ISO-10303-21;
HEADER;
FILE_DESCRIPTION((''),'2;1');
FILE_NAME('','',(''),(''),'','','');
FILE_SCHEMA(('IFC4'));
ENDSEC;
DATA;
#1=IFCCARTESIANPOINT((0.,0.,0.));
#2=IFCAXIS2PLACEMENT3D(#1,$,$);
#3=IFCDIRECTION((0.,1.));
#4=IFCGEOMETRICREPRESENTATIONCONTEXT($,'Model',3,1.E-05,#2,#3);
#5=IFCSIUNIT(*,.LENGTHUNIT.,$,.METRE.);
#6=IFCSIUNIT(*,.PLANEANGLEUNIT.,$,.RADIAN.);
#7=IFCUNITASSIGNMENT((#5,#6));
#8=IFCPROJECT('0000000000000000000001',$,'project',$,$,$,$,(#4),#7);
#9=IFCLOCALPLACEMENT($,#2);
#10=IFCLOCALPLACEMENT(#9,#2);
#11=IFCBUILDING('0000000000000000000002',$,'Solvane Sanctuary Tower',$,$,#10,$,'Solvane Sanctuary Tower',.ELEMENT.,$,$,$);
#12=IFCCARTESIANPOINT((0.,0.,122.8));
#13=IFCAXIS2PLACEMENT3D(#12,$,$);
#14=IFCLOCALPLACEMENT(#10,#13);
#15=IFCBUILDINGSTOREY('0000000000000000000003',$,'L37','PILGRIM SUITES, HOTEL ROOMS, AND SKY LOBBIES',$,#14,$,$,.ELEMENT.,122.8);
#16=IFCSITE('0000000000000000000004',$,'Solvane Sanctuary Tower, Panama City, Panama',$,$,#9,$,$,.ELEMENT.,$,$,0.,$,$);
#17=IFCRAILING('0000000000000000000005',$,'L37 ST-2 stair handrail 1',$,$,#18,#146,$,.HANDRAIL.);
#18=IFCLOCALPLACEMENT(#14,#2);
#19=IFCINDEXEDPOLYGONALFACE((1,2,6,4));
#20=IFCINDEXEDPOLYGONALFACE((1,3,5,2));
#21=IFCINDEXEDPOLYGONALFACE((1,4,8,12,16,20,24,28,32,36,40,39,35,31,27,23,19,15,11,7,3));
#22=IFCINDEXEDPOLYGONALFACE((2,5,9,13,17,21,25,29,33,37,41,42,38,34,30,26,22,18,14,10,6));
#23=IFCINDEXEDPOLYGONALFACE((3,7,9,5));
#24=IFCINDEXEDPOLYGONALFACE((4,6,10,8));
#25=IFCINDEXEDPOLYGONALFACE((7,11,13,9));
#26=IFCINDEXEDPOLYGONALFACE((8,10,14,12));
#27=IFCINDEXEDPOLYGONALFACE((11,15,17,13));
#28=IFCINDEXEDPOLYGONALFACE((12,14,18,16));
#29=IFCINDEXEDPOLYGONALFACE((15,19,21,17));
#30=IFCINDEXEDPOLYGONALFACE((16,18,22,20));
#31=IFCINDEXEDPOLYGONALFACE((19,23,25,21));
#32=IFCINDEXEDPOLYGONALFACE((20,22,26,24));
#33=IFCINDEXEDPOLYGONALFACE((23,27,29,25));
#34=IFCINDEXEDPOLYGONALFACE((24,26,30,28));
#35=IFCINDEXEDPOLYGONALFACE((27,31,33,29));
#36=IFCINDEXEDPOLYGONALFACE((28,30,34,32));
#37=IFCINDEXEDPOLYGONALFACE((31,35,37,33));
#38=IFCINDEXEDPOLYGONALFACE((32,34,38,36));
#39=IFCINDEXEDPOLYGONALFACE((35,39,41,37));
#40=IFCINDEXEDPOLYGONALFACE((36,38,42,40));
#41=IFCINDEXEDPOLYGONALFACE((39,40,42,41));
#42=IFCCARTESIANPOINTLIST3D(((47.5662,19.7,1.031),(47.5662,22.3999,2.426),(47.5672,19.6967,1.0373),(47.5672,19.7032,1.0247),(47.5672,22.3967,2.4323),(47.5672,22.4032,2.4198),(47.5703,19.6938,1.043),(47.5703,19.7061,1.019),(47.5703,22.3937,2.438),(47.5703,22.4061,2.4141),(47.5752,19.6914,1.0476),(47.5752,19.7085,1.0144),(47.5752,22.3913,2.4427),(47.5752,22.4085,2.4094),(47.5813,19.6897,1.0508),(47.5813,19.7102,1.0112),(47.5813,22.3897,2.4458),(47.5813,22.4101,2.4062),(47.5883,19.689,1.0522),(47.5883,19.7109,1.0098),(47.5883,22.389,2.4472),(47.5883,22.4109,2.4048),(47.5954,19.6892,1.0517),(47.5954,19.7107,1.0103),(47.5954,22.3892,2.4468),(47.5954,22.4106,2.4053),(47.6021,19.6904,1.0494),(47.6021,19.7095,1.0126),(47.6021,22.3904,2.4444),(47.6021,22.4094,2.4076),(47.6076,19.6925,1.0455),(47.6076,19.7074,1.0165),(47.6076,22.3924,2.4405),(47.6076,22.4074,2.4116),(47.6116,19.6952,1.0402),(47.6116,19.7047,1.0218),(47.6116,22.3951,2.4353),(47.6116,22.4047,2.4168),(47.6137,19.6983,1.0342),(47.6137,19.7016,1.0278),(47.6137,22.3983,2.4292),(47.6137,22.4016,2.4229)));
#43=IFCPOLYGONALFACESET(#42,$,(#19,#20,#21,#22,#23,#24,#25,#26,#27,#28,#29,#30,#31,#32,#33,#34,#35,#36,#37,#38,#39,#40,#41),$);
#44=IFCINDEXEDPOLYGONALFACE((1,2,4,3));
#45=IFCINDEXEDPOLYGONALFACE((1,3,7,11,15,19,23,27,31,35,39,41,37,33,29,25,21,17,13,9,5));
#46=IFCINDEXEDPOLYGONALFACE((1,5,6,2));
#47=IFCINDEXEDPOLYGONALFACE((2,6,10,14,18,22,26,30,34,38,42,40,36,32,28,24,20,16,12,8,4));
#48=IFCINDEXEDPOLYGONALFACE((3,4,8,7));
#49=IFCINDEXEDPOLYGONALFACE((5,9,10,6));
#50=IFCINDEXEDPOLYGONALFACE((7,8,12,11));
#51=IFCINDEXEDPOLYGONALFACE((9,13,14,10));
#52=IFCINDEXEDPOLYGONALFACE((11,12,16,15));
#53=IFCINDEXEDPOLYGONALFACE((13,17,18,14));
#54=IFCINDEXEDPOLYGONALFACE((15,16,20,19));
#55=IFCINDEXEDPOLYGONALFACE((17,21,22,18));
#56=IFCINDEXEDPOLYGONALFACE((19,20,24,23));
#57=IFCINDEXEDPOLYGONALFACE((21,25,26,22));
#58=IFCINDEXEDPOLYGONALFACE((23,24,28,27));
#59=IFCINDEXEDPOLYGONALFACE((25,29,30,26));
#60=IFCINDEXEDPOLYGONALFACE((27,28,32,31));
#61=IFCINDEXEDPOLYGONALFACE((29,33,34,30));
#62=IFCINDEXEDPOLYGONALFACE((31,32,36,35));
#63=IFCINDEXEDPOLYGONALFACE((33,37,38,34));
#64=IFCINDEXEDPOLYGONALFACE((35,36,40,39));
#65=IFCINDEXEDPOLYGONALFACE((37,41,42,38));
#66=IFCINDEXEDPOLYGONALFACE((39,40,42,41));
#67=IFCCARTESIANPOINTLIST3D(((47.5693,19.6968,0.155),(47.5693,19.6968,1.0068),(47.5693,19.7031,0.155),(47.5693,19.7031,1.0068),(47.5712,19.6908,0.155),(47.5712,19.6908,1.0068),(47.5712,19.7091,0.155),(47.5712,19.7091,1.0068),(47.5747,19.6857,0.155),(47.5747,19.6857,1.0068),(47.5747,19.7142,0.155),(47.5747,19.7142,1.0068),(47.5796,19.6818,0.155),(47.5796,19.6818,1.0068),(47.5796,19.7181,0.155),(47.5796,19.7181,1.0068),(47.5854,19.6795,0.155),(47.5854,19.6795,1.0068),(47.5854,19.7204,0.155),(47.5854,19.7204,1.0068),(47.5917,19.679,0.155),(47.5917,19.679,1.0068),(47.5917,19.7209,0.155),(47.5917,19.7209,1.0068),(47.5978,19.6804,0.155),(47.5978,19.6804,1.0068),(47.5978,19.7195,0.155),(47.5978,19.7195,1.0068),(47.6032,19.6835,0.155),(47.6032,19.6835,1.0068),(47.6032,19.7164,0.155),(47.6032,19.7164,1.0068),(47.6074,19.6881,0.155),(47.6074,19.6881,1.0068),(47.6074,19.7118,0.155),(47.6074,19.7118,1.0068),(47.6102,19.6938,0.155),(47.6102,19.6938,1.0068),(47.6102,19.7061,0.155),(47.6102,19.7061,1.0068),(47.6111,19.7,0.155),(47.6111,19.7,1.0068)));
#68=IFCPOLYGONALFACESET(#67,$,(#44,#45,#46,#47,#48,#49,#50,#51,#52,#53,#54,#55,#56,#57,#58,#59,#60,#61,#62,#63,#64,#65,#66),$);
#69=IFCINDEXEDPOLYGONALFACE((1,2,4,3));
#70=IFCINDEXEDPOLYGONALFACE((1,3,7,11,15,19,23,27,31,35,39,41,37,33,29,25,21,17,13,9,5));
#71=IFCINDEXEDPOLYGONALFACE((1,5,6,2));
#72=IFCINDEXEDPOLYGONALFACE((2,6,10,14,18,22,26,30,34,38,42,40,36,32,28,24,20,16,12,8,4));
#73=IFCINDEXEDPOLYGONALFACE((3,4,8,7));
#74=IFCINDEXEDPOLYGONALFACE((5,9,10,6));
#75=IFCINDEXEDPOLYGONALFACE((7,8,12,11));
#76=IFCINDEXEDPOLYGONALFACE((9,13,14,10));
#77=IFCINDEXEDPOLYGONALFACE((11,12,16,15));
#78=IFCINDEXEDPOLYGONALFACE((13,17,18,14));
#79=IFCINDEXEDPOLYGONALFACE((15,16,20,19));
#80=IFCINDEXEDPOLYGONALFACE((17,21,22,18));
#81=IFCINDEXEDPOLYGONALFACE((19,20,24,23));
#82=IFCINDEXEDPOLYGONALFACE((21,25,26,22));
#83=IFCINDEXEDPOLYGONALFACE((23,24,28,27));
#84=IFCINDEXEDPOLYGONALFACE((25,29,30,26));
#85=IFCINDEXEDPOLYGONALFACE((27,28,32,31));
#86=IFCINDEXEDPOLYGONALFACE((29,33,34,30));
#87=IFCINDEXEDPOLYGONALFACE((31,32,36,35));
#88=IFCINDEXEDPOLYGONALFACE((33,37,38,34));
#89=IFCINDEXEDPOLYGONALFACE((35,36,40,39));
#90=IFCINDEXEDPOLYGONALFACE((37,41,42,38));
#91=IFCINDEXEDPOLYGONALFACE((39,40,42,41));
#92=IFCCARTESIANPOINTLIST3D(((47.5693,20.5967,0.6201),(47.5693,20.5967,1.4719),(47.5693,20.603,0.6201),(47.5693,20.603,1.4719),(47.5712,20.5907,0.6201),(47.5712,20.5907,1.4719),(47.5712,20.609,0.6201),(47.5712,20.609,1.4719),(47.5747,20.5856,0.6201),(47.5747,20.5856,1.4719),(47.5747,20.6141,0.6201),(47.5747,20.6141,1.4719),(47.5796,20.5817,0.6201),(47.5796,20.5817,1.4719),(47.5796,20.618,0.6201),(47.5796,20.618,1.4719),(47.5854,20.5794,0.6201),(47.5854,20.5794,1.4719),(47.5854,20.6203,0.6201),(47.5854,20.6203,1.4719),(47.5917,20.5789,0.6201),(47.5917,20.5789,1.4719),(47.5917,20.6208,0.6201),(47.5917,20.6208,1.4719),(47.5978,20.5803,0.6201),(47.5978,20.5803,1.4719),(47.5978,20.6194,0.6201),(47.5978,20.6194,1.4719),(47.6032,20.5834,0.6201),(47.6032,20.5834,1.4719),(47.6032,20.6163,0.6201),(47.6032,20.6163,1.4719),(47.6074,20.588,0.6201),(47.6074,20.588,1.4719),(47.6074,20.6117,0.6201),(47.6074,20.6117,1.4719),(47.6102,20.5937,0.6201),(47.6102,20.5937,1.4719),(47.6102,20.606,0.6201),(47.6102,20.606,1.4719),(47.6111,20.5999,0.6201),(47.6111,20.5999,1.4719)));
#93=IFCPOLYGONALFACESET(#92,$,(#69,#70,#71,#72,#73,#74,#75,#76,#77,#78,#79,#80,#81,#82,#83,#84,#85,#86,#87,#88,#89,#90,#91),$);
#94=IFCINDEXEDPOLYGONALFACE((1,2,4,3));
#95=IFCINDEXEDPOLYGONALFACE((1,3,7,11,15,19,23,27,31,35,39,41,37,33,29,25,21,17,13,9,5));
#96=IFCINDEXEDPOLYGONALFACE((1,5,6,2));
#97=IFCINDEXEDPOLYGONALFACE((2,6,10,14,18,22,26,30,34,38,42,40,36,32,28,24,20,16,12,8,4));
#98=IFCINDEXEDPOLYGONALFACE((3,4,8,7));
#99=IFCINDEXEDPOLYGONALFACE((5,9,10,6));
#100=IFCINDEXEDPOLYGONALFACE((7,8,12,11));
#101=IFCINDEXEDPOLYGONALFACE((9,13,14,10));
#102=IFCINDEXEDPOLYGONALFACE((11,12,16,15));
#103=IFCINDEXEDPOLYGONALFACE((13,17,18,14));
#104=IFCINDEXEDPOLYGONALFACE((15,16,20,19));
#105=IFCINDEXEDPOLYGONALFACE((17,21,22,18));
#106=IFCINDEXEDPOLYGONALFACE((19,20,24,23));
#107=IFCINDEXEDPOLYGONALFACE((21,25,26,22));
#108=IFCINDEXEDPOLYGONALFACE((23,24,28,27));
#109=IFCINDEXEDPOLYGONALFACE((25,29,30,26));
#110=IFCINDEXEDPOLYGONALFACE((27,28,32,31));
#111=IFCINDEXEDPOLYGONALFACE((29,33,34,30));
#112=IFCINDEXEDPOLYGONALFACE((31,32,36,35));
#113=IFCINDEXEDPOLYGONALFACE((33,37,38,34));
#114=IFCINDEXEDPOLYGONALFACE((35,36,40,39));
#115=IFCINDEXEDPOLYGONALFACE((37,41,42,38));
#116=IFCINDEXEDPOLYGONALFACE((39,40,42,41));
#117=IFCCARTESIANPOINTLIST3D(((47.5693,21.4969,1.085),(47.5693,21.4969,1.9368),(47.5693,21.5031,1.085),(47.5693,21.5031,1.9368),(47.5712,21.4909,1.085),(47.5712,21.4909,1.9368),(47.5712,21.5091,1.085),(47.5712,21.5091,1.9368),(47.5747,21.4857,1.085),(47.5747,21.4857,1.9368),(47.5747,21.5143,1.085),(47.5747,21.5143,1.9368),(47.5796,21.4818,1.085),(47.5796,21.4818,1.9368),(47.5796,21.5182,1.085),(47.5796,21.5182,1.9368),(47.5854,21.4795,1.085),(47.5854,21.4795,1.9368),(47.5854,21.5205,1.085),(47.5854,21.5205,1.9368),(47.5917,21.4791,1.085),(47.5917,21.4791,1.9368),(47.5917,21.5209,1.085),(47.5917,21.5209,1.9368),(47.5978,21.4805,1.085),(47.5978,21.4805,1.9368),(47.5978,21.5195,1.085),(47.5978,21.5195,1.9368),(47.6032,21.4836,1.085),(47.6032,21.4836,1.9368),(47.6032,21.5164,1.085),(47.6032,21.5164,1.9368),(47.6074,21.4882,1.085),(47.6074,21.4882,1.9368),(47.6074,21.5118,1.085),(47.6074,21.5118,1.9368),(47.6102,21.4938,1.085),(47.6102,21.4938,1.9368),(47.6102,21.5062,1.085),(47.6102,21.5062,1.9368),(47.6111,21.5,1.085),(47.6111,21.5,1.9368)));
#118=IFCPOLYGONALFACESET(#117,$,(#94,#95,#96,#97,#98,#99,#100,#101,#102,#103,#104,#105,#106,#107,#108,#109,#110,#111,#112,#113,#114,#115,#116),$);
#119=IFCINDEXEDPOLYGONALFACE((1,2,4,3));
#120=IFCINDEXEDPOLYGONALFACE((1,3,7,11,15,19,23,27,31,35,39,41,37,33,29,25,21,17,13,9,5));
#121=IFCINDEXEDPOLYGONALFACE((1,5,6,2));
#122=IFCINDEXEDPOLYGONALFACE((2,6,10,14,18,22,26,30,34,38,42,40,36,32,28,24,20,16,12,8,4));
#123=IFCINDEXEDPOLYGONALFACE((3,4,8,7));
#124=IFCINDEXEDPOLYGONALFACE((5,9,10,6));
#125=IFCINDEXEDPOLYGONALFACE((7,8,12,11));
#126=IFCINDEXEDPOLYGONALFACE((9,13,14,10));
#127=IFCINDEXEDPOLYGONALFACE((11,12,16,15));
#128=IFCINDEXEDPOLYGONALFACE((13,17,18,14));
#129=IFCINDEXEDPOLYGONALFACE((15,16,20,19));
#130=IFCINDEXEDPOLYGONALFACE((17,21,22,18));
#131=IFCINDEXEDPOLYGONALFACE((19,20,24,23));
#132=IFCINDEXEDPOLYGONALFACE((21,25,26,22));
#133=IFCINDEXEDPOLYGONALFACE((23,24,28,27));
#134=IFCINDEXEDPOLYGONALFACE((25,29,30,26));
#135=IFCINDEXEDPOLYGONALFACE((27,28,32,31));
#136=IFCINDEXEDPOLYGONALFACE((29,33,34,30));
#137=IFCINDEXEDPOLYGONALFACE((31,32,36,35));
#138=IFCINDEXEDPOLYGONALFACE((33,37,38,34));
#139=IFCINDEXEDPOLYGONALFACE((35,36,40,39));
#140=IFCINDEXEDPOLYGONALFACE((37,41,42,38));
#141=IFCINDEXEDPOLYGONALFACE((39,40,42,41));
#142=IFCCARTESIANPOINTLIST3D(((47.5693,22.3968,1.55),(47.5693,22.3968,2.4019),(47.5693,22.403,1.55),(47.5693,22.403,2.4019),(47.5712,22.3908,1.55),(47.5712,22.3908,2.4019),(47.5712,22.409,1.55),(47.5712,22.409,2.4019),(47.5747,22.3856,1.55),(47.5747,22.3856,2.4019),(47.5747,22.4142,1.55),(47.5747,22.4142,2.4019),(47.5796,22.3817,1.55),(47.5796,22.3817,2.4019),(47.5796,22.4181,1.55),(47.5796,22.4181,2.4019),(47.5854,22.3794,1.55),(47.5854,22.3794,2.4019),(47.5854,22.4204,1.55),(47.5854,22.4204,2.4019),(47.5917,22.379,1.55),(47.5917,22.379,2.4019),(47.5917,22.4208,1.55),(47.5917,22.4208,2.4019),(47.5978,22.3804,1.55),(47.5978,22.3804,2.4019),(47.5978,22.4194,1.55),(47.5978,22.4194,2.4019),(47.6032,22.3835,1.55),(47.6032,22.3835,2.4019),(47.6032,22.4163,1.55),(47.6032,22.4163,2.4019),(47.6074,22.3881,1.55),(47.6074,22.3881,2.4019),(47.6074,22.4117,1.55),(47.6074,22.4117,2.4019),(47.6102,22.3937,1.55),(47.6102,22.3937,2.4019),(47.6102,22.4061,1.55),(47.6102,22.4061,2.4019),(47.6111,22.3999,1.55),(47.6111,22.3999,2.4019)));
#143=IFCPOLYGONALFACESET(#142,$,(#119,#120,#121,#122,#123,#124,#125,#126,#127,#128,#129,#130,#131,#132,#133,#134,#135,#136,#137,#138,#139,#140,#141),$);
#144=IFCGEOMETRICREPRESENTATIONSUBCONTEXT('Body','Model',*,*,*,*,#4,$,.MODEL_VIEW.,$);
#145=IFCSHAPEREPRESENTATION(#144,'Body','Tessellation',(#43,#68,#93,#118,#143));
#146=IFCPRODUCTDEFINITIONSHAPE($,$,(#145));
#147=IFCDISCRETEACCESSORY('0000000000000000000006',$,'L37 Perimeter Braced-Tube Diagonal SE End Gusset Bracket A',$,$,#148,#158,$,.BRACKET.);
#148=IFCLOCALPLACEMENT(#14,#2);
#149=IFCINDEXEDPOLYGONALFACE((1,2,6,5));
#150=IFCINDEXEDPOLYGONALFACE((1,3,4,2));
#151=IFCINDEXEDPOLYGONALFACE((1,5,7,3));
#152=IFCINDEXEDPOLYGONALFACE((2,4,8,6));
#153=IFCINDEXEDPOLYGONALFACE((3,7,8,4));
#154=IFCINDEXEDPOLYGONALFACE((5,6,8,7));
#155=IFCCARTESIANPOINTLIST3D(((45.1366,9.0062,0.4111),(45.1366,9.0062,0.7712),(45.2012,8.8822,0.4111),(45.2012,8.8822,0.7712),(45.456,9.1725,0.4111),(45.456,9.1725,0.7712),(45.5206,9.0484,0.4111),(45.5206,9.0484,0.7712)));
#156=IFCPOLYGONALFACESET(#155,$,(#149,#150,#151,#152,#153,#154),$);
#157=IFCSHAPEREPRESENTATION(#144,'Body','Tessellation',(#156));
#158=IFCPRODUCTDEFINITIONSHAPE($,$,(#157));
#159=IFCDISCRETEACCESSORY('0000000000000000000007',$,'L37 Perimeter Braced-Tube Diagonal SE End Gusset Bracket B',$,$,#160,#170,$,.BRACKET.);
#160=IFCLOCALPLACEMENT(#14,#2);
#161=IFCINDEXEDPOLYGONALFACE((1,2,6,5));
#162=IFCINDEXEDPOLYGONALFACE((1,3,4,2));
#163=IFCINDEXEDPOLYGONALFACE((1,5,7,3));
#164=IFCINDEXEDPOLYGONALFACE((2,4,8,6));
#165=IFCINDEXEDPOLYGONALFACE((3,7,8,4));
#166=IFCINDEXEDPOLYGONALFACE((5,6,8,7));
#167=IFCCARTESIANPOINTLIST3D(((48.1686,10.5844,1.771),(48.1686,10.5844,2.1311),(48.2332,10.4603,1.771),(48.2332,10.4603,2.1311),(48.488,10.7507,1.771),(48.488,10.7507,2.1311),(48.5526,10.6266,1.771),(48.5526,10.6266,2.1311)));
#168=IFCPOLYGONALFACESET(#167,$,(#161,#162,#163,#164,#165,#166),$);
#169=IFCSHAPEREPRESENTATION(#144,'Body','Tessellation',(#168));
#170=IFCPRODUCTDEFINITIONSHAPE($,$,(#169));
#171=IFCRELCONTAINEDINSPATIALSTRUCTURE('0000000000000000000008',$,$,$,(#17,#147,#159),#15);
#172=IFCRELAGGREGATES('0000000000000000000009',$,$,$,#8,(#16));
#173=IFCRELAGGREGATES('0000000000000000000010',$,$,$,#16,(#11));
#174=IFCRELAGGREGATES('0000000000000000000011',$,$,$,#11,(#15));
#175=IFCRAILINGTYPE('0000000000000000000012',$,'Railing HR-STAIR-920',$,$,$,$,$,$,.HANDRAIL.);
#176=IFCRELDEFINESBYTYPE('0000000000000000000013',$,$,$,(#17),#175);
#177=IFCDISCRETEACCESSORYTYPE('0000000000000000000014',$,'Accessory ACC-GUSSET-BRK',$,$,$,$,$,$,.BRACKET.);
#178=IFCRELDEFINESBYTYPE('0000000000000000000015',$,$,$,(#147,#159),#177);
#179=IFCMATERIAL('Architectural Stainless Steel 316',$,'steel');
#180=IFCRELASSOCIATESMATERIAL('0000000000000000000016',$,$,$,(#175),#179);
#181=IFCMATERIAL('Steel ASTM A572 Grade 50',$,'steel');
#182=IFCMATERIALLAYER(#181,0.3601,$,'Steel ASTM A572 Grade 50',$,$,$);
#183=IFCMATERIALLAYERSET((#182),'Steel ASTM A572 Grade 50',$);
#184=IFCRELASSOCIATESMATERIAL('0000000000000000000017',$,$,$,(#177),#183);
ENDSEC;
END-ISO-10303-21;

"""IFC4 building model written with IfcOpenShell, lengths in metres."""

from ifc_helpers import new_model, si_unit, direction, frame, origin, origin_2d, place, context, subcontext, project, spatial, rectangle, circle, extrude, material, layer, layer_set, type_object, element, save


model = new_model("IFC4")

# Units and contexts
model_context = context("Model", 3, precision=1e-05, world=origin(), true_north=direction((0.0, 1.0)))
body_context = subcontext(model_context, "Body", "Model", "MODEL_VIEW")
ifc_project = project(units=[si_unit("LENGTHUNIT", "METRE"), si_unit("PLANEANGLEUNIT", "RADIAN")], contexts=[model_context])

# Site, building, storey
site_placement = place(None, origin())
site = spatial("IfcSite", under=ifc_project, at=site_placement, Name="Solvane Sanctuary Tower, Panama City, Panama", CompositionType="ELEMENT", RefElevation=0.0)
building_placement = place(site_placement, origin())
building = spatial("IfcBuilding", under=site, at=building_placement, Name="Solvane Sanctuary Tower", LongName="Solvane Sanctuary Tower", CompositionType="ELEMENT")
storey_placement = place(building_placement, frame((0.0, 0.0, 122.8)))
storey = spatial("IfcBuildingStorey", under=building, at=storey_placement, Name="L37", Description="PILGRIM SUITES, HOTEL ROOMS, AND SKY LOBBIES", CompositionType="ELEMENT", Elevation=122.8)

# Shared definitions
ifc_material_1 = material(Name="Architectural Stainless Steel 316", Category="steel")

# Railing
railing_type_1 = type_object("IfcRailingType", Name="Railing HR-STAIR-920", PredefinedType="HANDRAIL", material=ifc_material_1)
railing_1_placement = place(storey_placement, frame((47.5901, 19.7, 0.155)))
element("IfcRailing", 1, at=railing_1_placement, inside=storey, type_object=railing_type_1, Name="L37 ST-2 stair handrail 1", PredefinedType="HANDRAIL", context=body_context, shape_type="SweptSolid", body=[
    extrude(circle(Radius=0.0239, at=origin_2d()), frame((0.0, 0.0, 0.876), z_axis=(0.0, 0.88842, 0.459032), x_axis=(-1.0, 0.0, 0.0)), (0.0, 0.0, 1.0), 3.0391),
    extrude(circle(Radius=0.021, at=origin_2d()), origin(), (0.0, 0.0, 1.0), 0.8518),
    extrude(circle(Radius=0.021, at=origin_2d()), frame((0.0, 0.8999, 0.4651)), (0.0, 0.0, 1.0), 0.8518),
    extrude(circle(Radius=0.021, at=origin_2d()), frame((0.0, 1.8, 0.9299)), (0.0, 0.0, 1.0), 0.8518),
    extrude(circle(Radius=0.021, at=origin_2d()), frame((0.0, 2.7, 1.395)), (0.0, 0.0, 1.0), 0.8518),
])

# Discrete accessories
ifc_material_2 = material(Name="Steel ASTM A572 Grade 50", Category="steel")
ifc_layer_1 = layer(ifc_material_2, 0.3601, Name="Steel ASTM A572 Grade 50")
ifc_layer_set_1 = layer_set([ifc_layer_1], Name="Steel ASTM A572 Grade 50")
discrete_accessory_type = type_object("IfcDiscreteAccessoryType", Name="Accessory ACC-GUSSET-BRK", PredefinedType="BRACKET", material=ifc_layer_set_1)
for number, where, z_axis, x_axis, name in (
    (2, (45.3286, 9.0273, 0.4111), (0.0, 0.0, 1.0), (0.887011, 0.461749, 0.0), "L37 Perimeter Braced-Tube Diagonal SE End Gusset Bracket A"),
    (3, (48.3606, 10.6055, 1.771), (0.0, 0.0, 1.0), (0.887011, 0.461749, 0.0), "L37 Perimeter Braced-Tube Diagonal SE End Gusset Bracket B"),
):
    element("IfcDiscreteAccessory", number, at=place(storey_placement, frame(where, z_axis=z_axis, x_axis=x_axis)), inside=storey, type_object=discrete_accessory_type, Name=name, PredefinedType="BRACKET", context=body_context, shape_type="SweptSolid", body=[
        extrude(rectangle(XDim=0.3601, YDim=0.1399, at=origin_2d()), origin(), (0.0, 0.0, 1.0), 0.3601),
    ])

save(model, "model.ifc")
